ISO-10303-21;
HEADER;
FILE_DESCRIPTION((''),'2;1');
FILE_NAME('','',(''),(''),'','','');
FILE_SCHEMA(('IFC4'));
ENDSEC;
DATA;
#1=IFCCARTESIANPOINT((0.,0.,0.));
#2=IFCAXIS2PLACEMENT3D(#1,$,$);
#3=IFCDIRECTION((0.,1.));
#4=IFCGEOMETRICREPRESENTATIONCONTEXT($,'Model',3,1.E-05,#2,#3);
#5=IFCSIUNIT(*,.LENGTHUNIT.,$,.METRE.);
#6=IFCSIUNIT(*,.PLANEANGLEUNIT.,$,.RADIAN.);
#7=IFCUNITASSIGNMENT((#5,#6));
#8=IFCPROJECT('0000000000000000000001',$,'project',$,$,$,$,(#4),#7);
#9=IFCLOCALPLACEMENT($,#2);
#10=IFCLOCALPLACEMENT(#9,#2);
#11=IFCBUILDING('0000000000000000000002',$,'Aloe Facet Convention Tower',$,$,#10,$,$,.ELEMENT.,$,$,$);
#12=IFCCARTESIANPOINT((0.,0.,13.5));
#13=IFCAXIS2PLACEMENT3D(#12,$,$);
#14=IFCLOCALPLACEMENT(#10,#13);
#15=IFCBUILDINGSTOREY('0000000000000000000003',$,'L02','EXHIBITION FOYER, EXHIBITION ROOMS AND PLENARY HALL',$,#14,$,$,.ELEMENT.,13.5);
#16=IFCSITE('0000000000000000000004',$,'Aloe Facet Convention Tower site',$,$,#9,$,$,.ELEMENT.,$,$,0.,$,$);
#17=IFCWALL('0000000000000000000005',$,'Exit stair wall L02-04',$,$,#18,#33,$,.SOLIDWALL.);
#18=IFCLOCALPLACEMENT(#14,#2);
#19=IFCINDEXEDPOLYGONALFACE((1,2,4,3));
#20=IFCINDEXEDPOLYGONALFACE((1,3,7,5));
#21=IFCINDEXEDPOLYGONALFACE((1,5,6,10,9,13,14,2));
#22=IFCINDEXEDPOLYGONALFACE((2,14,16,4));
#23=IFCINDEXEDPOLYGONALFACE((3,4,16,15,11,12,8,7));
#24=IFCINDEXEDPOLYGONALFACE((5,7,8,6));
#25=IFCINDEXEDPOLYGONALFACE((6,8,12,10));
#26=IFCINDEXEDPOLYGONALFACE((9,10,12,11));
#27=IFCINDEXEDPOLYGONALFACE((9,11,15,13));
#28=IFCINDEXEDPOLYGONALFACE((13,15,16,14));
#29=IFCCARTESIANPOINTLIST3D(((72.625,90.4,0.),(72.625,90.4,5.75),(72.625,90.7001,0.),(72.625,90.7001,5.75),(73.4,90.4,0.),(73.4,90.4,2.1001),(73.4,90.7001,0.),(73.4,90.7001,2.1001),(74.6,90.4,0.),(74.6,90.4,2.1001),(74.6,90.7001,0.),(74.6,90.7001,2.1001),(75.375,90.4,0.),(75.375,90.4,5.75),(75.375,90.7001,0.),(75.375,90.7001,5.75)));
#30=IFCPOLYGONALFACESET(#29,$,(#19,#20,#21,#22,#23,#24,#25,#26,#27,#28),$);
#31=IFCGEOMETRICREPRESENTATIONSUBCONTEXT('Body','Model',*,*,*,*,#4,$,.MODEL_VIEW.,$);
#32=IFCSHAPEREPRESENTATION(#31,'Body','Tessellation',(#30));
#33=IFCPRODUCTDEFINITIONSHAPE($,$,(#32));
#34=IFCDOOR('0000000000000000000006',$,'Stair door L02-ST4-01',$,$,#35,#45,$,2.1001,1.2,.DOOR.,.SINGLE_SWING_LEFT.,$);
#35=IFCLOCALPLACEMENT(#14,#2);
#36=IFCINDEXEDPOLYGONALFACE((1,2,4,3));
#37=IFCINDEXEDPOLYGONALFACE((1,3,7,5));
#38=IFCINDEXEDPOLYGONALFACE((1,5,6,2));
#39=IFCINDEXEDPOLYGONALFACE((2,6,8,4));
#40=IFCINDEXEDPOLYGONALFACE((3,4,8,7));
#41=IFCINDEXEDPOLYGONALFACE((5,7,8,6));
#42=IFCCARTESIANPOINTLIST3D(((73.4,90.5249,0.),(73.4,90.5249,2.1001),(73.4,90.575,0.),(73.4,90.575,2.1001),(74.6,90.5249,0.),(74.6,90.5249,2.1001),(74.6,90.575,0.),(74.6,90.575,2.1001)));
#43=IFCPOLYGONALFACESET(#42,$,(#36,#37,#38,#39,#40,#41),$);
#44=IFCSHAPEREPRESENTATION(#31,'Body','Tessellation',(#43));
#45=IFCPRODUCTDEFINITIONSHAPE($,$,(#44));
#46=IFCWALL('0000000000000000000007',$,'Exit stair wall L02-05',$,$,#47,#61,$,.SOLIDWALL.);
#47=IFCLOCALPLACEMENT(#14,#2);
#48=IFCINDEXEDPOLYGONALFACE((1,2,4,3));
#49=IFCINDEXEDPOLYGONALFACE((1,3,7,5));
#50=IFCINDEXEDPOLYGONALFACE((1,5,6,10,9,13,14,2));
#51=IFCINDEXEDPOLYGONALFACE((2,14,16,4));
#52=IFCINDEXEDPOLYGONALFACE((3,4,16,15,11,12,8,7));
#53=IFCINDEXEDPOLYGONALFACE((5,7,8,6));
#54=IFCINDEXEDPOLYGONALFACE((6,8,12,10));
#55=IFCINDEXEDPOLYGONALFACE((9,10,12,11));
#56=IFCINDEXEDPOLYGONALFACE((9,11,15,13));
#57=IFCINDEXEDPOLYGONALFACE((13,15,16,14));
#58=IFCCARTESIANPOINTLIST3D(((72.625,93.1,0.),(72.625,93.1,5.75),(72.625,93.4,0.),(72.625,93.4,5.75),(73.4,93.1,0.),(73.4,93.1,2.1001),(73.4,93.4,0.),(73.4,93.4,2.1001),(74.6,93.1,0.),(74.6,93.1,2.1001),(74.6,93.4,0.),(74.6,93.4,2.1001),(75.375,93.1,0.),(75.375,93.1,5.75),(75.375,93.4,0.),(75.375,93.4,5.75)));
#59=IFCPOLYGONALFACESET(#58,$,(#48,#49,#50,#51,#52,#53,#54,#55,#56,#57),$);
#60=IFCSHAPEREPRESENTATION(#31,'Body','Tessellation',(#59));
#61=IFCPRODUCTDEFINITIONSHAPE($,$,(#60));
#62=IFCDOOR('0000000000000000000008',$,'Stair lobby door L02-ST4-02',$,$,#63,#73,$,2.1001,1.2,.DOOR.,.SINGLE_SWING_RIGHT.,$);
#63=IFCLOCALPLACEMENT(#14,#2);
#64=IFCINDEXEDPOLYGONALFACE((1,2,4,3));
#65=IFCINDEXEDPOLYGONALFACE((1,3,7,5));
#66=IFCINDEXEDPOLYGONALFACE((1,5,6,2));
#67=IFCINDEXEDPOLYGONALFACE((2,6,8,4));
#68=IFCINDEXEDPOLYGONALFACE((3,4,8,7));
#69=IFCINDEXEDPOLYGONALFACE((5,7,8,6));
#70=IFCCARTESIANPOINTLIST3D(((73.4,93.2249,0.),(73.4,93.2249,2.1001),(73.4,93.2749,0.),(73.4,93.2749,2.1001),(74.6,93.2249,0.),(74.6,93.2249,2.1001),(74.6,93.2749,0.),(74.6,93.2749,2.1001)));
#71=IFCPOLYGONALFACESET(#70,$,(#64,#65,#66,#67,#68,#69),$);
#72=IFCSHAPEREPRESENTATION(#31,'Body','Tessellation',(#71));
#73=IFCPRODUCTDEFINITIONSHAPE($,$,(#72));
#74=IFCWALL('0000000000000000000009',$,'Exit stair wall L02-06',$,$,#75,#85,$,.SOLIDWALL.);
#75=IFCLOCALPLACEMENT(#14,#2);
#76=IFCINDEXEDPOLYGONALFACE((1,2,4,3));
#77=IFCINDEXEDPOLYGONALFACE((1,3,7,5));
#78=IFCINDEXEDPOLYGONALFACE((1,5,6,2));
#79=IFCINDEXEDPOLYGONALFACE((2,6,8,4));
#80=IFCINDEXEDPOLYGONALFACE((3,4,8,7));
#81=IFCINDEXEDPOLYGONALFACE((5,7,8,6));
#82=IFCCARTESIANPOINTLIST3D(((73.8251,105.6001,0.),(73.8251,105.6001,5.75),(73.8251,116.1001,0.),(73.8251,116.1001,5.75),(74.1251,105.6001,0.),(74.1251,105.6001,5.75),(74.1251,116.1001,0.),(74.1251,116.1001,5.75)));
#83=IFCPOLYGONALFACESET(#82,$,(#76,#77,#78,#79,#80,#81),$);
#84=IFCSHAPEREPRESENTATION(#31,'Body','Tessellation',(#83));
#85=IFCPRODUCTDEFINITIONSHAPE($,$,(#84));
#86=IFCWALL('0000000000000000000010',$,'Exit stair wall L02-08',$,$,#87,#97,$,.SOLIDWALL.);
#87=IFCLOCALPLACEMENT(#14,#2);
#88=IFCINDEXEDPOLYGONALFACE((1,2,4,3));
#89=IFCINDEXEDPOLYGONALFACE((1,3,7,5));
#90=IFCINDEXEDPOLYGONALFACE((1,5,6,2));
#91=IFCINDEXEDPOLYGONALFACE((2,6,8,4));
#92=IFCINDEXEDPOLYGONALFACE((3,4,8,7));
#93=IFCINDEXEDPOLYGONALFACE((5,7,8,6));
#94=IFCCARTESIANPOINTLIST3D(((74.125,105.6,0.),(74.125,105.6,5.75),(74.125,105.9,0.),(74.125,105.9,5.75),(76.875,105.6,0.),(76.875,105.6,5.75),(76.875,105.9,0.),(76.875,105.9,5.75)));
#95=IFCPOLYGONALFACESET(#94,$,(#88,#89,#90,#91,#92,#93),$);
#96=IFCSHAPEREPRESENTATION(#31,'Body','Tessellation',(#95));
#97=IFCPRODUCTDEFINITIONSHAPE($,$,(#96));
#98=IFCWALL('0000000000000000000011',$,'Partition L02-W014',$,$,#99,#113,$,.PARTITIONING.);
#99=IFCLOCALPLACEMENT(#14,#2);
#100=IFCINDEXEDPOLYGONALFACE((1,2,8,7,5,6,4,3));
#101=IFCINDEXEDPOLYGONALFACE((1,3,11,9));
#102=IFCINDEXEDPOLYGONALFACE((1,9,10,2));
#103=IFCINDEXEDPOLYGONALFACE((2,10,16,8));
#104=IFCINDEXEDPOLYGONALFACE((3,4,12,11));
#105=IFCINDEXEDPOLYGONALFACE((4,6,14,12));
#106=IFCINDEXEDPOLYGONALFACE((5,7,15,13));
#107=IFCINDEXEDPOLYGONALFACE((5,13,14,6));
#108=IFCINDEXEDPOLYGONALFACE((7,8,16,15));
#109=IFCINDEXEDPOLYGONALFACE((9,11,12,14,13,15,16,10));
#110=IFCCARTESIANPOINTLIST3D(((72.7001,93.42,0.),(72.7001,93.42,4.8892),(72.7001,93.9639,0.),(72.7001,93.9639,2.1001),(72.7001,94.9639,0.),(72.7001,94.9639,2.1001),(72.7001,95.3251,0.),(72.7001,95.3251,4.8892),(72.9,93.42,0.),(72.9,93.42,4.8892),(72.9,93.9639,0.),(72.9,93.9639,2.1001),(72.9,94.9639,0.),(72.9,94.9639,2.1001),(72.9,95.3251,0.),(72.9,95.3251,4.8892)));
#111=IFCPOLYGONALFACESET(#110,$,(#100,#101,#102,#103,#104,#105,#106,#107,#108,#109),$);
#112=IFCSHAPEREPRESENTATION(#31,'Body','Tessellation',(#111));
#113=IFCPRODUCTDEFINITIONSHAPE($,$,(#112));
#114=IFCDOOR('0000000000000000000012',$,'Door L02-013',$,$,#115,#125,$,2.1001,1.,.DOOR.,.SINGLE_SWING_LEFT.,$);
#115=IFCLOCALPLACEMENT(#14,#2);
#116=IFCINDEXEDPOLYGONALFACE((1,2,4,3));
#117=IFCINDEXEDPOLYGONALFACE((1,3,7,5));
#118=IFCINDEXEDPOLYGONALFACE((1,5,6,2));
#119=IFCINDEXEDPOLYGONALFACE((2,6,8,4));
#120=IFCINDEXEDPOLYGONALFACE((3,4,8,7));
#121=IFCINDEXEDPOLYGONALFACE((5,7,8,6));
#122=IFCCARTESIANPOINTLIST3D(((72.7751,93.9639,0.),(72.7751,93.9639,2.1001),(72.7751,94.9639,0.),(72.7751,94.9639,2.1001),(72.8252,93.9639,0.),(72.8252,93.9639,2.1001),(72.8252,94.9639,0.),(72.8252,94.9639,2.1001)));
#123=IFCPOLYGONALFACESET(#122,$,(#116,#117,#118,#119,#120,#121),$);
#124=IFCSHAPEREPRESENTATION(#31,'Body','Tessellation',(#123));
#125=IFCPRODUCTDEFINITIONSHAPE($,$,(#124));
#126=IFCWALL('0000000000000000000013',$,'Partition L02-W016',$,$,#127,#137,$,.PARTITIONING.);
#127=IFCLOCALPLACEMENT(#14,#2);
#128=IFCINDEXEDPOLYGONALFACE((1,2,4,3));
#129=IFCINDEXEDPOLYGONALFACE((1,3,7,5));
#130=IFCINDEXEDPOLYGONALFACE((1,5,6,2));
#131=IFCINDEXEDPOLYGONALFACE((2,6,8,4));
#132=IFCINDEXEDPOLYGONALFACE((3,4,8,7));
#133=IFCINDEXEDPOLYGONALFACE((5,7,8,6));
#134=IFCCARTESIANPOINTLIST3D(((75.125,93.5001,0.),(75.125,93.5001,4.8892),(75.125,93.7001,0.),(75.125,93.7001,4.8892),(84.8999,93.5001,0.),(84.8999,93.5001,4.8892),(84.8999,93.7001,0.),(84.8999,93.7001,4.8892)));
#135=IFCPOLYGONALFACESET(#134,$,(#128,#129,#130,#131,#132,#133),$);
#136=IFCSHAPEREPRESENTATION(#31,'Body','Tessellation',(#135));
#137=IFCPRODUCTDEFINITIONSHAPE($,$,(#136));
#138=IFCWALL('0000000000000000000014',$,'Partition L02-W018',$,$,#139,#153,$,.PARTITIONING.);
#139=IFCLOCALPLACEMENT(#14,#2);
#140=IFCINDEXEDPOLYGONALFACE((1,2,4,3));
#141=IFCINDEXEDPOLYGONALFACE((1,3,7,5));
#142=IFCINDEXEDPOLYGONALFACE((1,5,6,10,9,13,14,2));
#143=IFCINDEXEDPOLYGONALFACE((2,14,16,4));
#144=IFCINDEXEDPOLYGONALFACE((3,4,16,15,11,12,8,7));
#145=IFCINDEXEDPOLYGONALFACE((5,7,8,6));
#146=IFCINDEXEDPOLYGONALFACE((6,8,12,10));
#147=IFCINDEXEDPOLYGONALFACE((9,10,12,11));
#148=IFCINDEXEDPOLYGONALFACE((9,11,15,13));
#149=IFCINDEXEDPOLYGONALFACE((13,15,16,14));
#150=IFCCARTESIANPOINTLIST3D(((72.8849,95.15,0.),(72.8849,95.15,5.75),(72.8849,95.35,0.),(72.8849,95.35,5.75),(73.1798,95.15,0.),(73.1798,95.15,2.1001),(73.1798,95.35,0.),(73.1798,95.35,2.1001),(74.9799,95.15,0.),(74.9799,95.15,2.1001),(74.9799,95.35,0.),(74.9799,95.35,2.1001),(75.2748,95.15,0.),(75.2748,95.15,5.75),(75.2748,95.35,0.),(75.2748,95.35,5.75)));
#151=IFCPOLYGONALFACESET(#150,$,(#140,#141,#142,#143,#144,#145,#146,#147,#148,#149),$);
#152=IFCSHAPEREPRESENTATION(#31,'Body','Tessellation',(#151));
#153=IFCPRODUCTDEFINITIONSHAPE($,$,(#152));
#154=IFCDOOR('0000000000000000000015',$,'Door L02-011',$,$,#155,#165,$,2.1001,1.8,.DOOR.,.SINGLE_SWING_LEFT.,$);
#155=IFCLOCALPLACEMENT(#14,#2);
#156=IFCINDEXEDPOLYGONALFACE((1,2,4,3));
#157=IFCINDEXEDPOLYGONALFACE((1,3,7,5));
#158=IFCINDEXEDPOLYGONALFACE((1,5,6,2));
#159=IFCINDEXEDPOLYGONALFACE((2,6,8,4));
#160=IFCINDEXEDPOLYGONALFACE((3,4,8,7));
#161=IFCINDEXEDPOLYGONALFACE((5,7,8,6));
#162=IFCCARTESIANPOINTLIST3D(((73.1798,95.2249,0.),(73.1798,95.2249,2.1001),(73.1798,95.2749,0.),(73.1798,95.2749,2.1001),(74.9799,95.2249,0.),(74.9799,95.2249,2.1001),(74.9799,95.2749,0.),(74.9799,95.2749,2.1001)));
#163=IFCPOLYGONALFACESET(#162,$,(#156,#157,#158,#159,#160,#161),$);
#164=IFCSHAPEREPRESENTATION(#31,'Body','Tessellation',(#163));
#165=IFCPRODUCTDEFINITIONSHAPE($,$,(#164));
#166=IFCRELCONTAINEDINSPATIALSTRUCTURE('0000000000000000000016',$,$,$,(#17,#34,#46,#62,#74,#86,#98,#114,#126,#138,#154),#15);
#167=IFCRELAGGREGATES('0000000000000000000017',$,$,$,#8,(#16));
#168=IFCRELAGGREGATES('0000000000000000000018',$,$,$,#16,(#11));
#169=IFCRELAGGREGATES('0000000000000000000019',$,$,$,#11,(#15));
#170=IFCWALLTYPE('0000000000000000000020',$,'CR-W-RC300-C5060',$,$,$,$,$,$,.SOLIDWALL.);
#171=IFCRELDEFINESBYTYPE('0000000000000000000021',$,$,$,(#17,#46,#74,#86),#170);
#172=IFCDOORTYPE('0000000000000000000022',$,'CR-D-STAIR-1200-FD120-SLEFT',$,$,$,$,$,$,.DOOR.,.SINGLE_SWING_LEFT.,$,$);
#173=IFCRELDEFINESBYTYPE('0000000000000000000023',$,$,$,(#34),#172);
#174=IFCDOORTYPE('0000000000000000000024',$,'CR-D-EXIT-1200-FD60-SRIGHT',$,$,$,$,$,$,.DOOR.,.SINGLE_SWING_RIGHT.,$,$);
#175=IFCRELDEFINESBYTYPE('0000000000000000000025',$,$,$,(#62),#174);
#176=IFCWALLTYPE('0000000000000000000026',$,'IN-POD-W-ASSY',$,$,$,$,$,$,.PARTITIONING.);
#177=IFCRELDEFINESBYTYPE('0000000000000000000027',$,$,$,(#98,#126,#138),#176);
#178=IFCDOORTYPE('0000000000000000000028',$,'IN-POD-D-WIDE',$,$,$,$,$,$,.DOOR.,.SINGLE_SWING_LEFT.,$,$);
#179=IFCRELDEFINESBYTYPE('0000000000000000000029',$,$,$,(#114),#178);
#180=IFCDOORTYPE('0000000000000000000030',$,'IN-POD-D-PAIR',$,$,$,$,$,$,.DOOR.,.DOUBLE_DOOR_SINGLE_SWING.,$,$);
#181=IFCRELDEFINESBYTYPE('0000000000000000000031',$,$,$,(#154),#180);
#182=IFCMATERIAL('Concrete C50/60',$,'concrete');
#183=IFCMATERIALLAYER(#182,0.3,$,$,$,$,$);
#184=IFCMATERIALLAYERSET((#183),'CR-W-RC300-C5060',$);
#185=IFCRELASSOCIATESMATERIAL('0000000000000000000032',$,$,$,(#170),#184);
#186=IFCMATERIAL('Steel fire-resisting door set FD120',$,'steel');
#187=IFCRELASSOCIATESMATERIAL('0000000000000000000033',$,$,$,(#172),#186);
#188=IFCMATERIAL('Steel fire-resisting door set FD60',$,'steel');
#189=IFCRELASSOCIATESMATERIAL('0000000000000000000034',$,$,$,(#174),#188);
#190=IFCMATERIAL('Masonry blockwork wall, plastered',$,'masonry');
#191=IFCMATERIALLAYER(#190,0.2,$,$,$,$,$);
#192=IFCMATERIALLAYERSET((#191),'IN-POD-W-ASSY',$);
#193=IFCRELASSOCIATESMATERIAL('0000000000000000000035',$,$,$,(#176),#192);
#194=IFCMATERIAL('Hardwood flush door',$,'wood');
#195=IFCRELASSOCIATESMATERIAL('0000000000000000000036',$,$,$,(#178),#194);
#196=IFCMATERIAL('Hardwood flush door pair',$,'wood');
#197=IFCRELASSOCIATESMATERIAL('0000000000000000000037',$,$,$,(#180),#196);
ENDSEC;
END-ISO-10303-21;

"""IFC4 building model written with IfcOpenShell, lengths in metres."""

from ifc_helpers import new_model, si_unit, direction, frame, frame_2d, origin, place, context, subcontext, project, spatial, rectangle, extrude, material, layer, layer_set, type_object, element, fill, save


model = new_model("IFC4")

# Units and contexts
model_context = context("Model", 3, precision=1e-05, world=origin(), true_north=direction((0.0, 1.0)))
body_context = subcontext(model_context, "Body", "Model", "MODEL_VIEW")
ifc_project = project(units=[si_unit("LENGTHUNIT", "METRE"), si_unit("PLANEANGLEUNIT", "RADIAN")], contexts=[model_context])

# Site, building, storey
site_placement = place(None, origin())
site = spatial("IfcSite", under=ifc_project, at=site_placement, Name="Aloe Facet Convention Tower site", CompositionType="ELEMENT", RefElevation=0.0)
building_placement = place(site_placement, origin())
building = spatial("IfcBuilding", under=site, at=building_placement, Name="Aloe Facet Convention Tower", CompositionType="ELEMENT")
storey_placement = place(building_placement, frame((0.0, 0.0, 13.5)))
storey = spatial("IfcBuildingStorey", under=building, at=storey_placement, Name="L02", Description="EXHIBITION FOYER, EXHIBITION ROOMS AND PLENARY HALL", CompositionType="ELEMENT", Elevation=13.5)

# Walls, openings, doors
ifc_material_1 = material(Name="Concrete C50/60", Category="concrete")
ifc_layer_1 = layer(ifc_material_1, 0.3)
ifc_layer_set_1 = layer_set([ifc_layer_1], Name="CR-W-RC300-C5060")
wall_type_1 = type_object("IfcWallType", Name="CR-W-RC300-C5060", PredefinedType="SOLIDWALL", material=ifc_layer_set_1)
wall_1_placement = place(storey_placement, frame((72.625, 90.55, 0.0), z_axis=(0.0, 0.0, 1.0), x_axis=(1.0, 0.0, 0.0)))
wall_1 = element("IfcWall", 1, at=wall_1_placement, inside=storey, type_object=wall_type_1, Name="Exit stair wall L02-04", PredefinedType="SOLIDWALL", context=body_context, shape_type="SweptSolid", body=[
    extrude(rectangle(XDim=2.75, YDim=0.3, at=frame_2d((1.375, 0.0))), origin(), (0.0, 0.0, 1.0), 5.75),
])
opening_1_placement = place(wall_1_placement, frame((0.7749, 0.0, 0.0)))
opening_1 = element("IfcOpeningElement", 2, at=opening_1_placement, cuts=wall_1, PredefinedType="OPENING", context=body_context, shape_type="SweptSolid", body=[
    extrude(rectangle(XDim=1.2, YDim=2.1001, at=frame_2d((0.6001, 1.05))), frame((0.0, 0.1602, 0.0), z_axis=(0.0, -1.0, 0.0), x_axis=(1.0, 0.0, 0.0)), (0.0, 0.0, 1.0), 0.3201),
])
ifc_material_2 = material(Name="Steel fire-resisting door set FD120", Category="steel")
door_type_1 = type_object("IfcDoorType", Name="CR-D-STAIR-1200-FD120-SLEFT", OperationType="SINGLE_SWING_LEFT", PredefinedType="DOOR", material=ifc_material_2)
door_1_placement = place(opening_1_placement, origin())
door_1 = element("IfcDoor", 3, at=door_1_placement, inside=storey, type_object=door_type_1, Name="Stair door L02-ST4-01", OperationType="SINGLE_SWING_LEFT", OverallHeight=2.1001, OverallWidth=1.2, PredefinedType="DOOR", context=body_context, shape_type="SweptSolid", body=[
    extrude(rectangle(XDim=1.2, YDim=2.1001, at=frame_2d((0.6001, 1.05))), frame((0.0, 0.0249, 0.0), z_axis=(0.0, -1.0, 0.0), x_axis=(1.0, 0.0, 0.0)), (0.0, 0.0, 1.0), 0.05),
])
fill(opening_1, door_1)
wall_2_placement = place(storey_placement, frame((72.625, 93.25, 0.0), z_axis=(0.0, 0.0, 1.0), x_axis=(1.0, 0.0, 0.0)))
wall_2 = element("IfcWall", 4, at=wall_2_placement, inside=storey, type_object=wall_type_1, Name="Exit stair wall L02-05", PredefinedType="SOLIDWALL", context=body_context, shape_type="SweptSolid", body=[
    extrude(rectangle(XDim=2.75, YDim=0.3, at=frame_2d((1.375, 0.0))), origin(), (0.0, 0.0, 1.0), 5.75),
])
opening_2_placement = place(wall_2_placement, frame((0.7749, 0.0, 0.0)))
opening_2 = element("IfcOpeningElement", 5, at=opening_2_placement, cuts=wall_2, PredefinedType="OPENING", context=body_context, shape_type="SweptSolid", body=[
    extrude(rectangle(XDim=1.2, YDim=2.1001, at=frame_2d((0.6001, 1.05))), frame((0.0, 0.1602, 0.0), z_axis=(0.0, -1.0, 0.0), x_axis=(1.0, 0.0, 0.0)), (0.0, 0.0, 1.0), 0.3201),
])
ifc_material_3 = material(Name="Steel fire-resisting door set FD60", Category="steel")
door_type_2 = type_object("IfcDoorType", Name="CR-D-EXIT-1200-FD60-SRIGHT", OperationType="SINGLE_SWING_RIGHT", PredefinedType="DOOR", material=ifc_material_3)
door_2_placement = place(opening_2_placement, origin())
door_2 = element("IfcDoor", 6, at=door_2_placement, inside=storey, type_object=door_type_2, Name="Stair lobby door L02-ST4-02", OperationType="SINGLE_SWING_RIGHT", OverallHeight=2.1001, OverallWidth=1.2, PredefinedType="DOOR", context=body_context, shape_type="SweptSolid", body=[
    extrude(rectangle(XDim=1.2, YDim=2.1001, at=frame_2d((0.6001, 1.05))), frame((0.0, 0.0249, 0.0), z_axis=(0.0, -1.0, 0.0), x_axis=(1.0, 0.0, 0.0)), (0.0, 0.0, 1.0), 0.05),
])
fill(opening_2, door_2)

# Walls
wall_3_placement = place(storey_placement, frame((73.9751, 105.6001, 0.0), z_axis=(0.0, 0.0, 1.0), x_axis=(0.0, 1.0, 0.0)))
element("IfcWall", 7, at=wall_3_placement, inside=storey, type_object=wall_type_1, Name="Exit stair wall L02-06", PredefinedType="SOLIDWALL", context=body_context, shape_type="SweptSolid", body=[
    extrude(rectangle(XDim=10.5, YDim=0.3, at=frame_2d((5.25, 0.0))), origin(), (0.0, 0.0, 1.0), 5.75),
])
wall_4_placement = place(storey_placement, frame((74.125, 105.75, 0.0), z_axis=(0.0, 0.0, 1.0), x_axis=(1.0, 0.0, 0.0)))
element("IfcWall", 8, at=wall_4_placement, inside=storey, type_object=wall_type_1, Name="Exit stair wall L02-08", PredefinedType="SOLIDWALL", context=body_context, shape_type="SweptSolid", body=[
    extrude(rectangle(XDim=2.75, YDim=0.3, at=frame_2d((1.375, 0.0))), origin(), (0.0, 0.0, 1.0), 5.75),
])

# Wall, opening, door
ifc_material_4 = material(Name="Masonry blockwork wall, plastered", Category="masonry")
ifc_layer_2 = layer(ifc_material_4, 0.2)
ifc_layer_set_2 = layer_set([ifc_layer_2], Name="IN-POD-W-ASSY")
wall_type_2 = type_object("IfcWallType", Name="IN-POD-W-ASSY", PredefinedType="PARTITIONING", material=ifc_layer_set_2)
wall_5_placement = place(storey_placement, frame((72.8, 93.4199, 0.0), z_axis=(0.0, 0.0, 1.0), x_axis=(0.0, 1.0, 0.0)))
wall_5 = element("IfcWall", 9, at=wall_5_placement, inside=storey, type_object=wall_type_2, Name="Partition L02-W014", PredefinedType="PARTITIONING", context=body_context, shape_type="SweptSolid", body=[
    extrude(rectangle(XDim=1.905, YDim=0.2, at=frame_2d((0.9526, 0.0))), origin(), (0.0, 0.0, 1.0), 4.8892),
])
opening_3_placement = place(wall_5_placement, frame((0.5439, 0.0, 0.0)))
opening_3 = element("IfcOpeningElement", 10, at=opening_3_placement, cuts=wall_5, PredefinedType="OPENING", context=body_context, shape_type="SweptSolid", body=[
    extrude(rectangle(XDim=1.0, YDim=2.1001, at=frame_2d((0.5, 1.05))), frame((0.0, 0.1099, 0.0), z_axis=(0.0, -1.0, 0.0), x_axis=(1.0, 0.0, 0.0)), (0.0, 0.0, 1.0), 0.22),
])
ifc_material_5 = material(Name="Hardwood flush door", Category="wood")
door_type_3 = type_object("IfcDoorType", Name="IN-POD-D-WIDE", OperationType="SINGLE_SWING_LEFT", PredefinedType="DOOR", material=ifc_material_5)
door_3_placement = place(opening_3_placement, origin())
door_3 = element("IfcDoor", 11, at=door_3_placement, inside=storey, type_object=door_type_3, Name="Door L02-013", OperationType="SINGLE_SWING_LEFT", OverallHeight=2.1001, OverallWidth=1.0, PredefinedType="DOOR", context=body_context, shape_type="SweptSolid", body=[
    extrude(rectangle(XDim=1.0, YDim=2.1001, at=frame_2d((0.5, 1.05))), frame((0.0, 0.0249, 0.0), z_axis=(0.0, -1.0, 0.0), x_axis=(1.0, 0.0, 0.0)), (0.0, 0.0, 1.0), 0.05),
])
fill(opening_3, door_3)

# Wall
wall_6_placement = place(storey_placement, frame((75.125, 93.6001, 0.0), z_axis=(0.0, 0.0, 1.0), x_axis=(1.0, 0.0, 0.0)))
element("IfcWall", 12, at=wall_6_placement, inside=storey, type_object=wall_type_2, Name="Partition L02-W016", PredefinedType="PARTITIONING", context=body_context, shape_type="SweptSolid", body=[
    extrude(rectangle(XDim=9.7749, YDim=0.2, at=frame_2d((4.8875, 0.0))), origin(), (0.0, 0.0, 1.0), 4.8892),
])

# Wall, opening, door
wall_7_placement = place(storey_placement, frame((72.885, 95.25, 0.0), z_axis=(0.0, 0.0, 1.0), x_axis=(1.0, 0.0, 0.0)))
wall_7 = element("IfcWall", 13, at=wall_7_placement, inside=storey, type_object=wall_type_2, Name="Partition L02-W018", PredefinedType="PARTITIONING", context=body_context, shape_type="SweptSolid", body=[
    extrude(rectangle(XDim=2.3899, YDim=0.2, at=frame_2d((1.1948, 0.0))), origin(), (0.0, 0.0, 1.0), 5.75),
])
opening_4_placement = place(wall_7_placement, frame((0.2949, 0.0, 0.0)))
opening_4 = element("IfcOpeningElement", 14, at=opening_4_placement, cuts=wall_7, PredefinedType="OPENING", context=body_context, shape_type="SweptSolid", body=[
    extrude(rectangle(XDim=1.8, YDim=2.1001, at=frame_2d((0.8999, 1.05))), frame((0.0, 0.1099, 0.0), z_axis=(0.0, -1.0, 0.0), x_axis=(1.0, 0.0, 0.0)), (0.0, 0.0, 1.0), 0.22),
])
ifc_material_6 = material(Name="Hardwood flush door pair", Category="wood")
door_type_4 = type_object("IfcDoorType", Name="IN-POD-D-PAIR", OperationType="DOUBLE_DOOR_SINGLE_SWING", PredefinedType="DOOR", material=ifc_material_6)
door_4_placement = place(opening_4_placement, origin())
door_4 = element("IfcDoor", 15, at=door_4_placement, inside=storey, type_object=door_type_4, Name="Door L02-011", OperationType="SINGLE_SWING_LEFT", OverallHeight=2.1001, OverallWidth=1.8, PredefinedType="DOOR", context=body_context, shape_type="SweptSolid", body=[
    extrude(rectangle(XDim=1.8, YDim=2.1001, at=frame_2d((0.8999, 1.05))), frame((0.0, 0.0249, 0.0), z_axis=(0.0, -1.0, 0.0), x_axis=(1.0, 0.0, 0.0)), (0.0, 0.0, 1.0), 0.05),
])
fill(opening_4, door_4)

save(model, "model.ifc")
